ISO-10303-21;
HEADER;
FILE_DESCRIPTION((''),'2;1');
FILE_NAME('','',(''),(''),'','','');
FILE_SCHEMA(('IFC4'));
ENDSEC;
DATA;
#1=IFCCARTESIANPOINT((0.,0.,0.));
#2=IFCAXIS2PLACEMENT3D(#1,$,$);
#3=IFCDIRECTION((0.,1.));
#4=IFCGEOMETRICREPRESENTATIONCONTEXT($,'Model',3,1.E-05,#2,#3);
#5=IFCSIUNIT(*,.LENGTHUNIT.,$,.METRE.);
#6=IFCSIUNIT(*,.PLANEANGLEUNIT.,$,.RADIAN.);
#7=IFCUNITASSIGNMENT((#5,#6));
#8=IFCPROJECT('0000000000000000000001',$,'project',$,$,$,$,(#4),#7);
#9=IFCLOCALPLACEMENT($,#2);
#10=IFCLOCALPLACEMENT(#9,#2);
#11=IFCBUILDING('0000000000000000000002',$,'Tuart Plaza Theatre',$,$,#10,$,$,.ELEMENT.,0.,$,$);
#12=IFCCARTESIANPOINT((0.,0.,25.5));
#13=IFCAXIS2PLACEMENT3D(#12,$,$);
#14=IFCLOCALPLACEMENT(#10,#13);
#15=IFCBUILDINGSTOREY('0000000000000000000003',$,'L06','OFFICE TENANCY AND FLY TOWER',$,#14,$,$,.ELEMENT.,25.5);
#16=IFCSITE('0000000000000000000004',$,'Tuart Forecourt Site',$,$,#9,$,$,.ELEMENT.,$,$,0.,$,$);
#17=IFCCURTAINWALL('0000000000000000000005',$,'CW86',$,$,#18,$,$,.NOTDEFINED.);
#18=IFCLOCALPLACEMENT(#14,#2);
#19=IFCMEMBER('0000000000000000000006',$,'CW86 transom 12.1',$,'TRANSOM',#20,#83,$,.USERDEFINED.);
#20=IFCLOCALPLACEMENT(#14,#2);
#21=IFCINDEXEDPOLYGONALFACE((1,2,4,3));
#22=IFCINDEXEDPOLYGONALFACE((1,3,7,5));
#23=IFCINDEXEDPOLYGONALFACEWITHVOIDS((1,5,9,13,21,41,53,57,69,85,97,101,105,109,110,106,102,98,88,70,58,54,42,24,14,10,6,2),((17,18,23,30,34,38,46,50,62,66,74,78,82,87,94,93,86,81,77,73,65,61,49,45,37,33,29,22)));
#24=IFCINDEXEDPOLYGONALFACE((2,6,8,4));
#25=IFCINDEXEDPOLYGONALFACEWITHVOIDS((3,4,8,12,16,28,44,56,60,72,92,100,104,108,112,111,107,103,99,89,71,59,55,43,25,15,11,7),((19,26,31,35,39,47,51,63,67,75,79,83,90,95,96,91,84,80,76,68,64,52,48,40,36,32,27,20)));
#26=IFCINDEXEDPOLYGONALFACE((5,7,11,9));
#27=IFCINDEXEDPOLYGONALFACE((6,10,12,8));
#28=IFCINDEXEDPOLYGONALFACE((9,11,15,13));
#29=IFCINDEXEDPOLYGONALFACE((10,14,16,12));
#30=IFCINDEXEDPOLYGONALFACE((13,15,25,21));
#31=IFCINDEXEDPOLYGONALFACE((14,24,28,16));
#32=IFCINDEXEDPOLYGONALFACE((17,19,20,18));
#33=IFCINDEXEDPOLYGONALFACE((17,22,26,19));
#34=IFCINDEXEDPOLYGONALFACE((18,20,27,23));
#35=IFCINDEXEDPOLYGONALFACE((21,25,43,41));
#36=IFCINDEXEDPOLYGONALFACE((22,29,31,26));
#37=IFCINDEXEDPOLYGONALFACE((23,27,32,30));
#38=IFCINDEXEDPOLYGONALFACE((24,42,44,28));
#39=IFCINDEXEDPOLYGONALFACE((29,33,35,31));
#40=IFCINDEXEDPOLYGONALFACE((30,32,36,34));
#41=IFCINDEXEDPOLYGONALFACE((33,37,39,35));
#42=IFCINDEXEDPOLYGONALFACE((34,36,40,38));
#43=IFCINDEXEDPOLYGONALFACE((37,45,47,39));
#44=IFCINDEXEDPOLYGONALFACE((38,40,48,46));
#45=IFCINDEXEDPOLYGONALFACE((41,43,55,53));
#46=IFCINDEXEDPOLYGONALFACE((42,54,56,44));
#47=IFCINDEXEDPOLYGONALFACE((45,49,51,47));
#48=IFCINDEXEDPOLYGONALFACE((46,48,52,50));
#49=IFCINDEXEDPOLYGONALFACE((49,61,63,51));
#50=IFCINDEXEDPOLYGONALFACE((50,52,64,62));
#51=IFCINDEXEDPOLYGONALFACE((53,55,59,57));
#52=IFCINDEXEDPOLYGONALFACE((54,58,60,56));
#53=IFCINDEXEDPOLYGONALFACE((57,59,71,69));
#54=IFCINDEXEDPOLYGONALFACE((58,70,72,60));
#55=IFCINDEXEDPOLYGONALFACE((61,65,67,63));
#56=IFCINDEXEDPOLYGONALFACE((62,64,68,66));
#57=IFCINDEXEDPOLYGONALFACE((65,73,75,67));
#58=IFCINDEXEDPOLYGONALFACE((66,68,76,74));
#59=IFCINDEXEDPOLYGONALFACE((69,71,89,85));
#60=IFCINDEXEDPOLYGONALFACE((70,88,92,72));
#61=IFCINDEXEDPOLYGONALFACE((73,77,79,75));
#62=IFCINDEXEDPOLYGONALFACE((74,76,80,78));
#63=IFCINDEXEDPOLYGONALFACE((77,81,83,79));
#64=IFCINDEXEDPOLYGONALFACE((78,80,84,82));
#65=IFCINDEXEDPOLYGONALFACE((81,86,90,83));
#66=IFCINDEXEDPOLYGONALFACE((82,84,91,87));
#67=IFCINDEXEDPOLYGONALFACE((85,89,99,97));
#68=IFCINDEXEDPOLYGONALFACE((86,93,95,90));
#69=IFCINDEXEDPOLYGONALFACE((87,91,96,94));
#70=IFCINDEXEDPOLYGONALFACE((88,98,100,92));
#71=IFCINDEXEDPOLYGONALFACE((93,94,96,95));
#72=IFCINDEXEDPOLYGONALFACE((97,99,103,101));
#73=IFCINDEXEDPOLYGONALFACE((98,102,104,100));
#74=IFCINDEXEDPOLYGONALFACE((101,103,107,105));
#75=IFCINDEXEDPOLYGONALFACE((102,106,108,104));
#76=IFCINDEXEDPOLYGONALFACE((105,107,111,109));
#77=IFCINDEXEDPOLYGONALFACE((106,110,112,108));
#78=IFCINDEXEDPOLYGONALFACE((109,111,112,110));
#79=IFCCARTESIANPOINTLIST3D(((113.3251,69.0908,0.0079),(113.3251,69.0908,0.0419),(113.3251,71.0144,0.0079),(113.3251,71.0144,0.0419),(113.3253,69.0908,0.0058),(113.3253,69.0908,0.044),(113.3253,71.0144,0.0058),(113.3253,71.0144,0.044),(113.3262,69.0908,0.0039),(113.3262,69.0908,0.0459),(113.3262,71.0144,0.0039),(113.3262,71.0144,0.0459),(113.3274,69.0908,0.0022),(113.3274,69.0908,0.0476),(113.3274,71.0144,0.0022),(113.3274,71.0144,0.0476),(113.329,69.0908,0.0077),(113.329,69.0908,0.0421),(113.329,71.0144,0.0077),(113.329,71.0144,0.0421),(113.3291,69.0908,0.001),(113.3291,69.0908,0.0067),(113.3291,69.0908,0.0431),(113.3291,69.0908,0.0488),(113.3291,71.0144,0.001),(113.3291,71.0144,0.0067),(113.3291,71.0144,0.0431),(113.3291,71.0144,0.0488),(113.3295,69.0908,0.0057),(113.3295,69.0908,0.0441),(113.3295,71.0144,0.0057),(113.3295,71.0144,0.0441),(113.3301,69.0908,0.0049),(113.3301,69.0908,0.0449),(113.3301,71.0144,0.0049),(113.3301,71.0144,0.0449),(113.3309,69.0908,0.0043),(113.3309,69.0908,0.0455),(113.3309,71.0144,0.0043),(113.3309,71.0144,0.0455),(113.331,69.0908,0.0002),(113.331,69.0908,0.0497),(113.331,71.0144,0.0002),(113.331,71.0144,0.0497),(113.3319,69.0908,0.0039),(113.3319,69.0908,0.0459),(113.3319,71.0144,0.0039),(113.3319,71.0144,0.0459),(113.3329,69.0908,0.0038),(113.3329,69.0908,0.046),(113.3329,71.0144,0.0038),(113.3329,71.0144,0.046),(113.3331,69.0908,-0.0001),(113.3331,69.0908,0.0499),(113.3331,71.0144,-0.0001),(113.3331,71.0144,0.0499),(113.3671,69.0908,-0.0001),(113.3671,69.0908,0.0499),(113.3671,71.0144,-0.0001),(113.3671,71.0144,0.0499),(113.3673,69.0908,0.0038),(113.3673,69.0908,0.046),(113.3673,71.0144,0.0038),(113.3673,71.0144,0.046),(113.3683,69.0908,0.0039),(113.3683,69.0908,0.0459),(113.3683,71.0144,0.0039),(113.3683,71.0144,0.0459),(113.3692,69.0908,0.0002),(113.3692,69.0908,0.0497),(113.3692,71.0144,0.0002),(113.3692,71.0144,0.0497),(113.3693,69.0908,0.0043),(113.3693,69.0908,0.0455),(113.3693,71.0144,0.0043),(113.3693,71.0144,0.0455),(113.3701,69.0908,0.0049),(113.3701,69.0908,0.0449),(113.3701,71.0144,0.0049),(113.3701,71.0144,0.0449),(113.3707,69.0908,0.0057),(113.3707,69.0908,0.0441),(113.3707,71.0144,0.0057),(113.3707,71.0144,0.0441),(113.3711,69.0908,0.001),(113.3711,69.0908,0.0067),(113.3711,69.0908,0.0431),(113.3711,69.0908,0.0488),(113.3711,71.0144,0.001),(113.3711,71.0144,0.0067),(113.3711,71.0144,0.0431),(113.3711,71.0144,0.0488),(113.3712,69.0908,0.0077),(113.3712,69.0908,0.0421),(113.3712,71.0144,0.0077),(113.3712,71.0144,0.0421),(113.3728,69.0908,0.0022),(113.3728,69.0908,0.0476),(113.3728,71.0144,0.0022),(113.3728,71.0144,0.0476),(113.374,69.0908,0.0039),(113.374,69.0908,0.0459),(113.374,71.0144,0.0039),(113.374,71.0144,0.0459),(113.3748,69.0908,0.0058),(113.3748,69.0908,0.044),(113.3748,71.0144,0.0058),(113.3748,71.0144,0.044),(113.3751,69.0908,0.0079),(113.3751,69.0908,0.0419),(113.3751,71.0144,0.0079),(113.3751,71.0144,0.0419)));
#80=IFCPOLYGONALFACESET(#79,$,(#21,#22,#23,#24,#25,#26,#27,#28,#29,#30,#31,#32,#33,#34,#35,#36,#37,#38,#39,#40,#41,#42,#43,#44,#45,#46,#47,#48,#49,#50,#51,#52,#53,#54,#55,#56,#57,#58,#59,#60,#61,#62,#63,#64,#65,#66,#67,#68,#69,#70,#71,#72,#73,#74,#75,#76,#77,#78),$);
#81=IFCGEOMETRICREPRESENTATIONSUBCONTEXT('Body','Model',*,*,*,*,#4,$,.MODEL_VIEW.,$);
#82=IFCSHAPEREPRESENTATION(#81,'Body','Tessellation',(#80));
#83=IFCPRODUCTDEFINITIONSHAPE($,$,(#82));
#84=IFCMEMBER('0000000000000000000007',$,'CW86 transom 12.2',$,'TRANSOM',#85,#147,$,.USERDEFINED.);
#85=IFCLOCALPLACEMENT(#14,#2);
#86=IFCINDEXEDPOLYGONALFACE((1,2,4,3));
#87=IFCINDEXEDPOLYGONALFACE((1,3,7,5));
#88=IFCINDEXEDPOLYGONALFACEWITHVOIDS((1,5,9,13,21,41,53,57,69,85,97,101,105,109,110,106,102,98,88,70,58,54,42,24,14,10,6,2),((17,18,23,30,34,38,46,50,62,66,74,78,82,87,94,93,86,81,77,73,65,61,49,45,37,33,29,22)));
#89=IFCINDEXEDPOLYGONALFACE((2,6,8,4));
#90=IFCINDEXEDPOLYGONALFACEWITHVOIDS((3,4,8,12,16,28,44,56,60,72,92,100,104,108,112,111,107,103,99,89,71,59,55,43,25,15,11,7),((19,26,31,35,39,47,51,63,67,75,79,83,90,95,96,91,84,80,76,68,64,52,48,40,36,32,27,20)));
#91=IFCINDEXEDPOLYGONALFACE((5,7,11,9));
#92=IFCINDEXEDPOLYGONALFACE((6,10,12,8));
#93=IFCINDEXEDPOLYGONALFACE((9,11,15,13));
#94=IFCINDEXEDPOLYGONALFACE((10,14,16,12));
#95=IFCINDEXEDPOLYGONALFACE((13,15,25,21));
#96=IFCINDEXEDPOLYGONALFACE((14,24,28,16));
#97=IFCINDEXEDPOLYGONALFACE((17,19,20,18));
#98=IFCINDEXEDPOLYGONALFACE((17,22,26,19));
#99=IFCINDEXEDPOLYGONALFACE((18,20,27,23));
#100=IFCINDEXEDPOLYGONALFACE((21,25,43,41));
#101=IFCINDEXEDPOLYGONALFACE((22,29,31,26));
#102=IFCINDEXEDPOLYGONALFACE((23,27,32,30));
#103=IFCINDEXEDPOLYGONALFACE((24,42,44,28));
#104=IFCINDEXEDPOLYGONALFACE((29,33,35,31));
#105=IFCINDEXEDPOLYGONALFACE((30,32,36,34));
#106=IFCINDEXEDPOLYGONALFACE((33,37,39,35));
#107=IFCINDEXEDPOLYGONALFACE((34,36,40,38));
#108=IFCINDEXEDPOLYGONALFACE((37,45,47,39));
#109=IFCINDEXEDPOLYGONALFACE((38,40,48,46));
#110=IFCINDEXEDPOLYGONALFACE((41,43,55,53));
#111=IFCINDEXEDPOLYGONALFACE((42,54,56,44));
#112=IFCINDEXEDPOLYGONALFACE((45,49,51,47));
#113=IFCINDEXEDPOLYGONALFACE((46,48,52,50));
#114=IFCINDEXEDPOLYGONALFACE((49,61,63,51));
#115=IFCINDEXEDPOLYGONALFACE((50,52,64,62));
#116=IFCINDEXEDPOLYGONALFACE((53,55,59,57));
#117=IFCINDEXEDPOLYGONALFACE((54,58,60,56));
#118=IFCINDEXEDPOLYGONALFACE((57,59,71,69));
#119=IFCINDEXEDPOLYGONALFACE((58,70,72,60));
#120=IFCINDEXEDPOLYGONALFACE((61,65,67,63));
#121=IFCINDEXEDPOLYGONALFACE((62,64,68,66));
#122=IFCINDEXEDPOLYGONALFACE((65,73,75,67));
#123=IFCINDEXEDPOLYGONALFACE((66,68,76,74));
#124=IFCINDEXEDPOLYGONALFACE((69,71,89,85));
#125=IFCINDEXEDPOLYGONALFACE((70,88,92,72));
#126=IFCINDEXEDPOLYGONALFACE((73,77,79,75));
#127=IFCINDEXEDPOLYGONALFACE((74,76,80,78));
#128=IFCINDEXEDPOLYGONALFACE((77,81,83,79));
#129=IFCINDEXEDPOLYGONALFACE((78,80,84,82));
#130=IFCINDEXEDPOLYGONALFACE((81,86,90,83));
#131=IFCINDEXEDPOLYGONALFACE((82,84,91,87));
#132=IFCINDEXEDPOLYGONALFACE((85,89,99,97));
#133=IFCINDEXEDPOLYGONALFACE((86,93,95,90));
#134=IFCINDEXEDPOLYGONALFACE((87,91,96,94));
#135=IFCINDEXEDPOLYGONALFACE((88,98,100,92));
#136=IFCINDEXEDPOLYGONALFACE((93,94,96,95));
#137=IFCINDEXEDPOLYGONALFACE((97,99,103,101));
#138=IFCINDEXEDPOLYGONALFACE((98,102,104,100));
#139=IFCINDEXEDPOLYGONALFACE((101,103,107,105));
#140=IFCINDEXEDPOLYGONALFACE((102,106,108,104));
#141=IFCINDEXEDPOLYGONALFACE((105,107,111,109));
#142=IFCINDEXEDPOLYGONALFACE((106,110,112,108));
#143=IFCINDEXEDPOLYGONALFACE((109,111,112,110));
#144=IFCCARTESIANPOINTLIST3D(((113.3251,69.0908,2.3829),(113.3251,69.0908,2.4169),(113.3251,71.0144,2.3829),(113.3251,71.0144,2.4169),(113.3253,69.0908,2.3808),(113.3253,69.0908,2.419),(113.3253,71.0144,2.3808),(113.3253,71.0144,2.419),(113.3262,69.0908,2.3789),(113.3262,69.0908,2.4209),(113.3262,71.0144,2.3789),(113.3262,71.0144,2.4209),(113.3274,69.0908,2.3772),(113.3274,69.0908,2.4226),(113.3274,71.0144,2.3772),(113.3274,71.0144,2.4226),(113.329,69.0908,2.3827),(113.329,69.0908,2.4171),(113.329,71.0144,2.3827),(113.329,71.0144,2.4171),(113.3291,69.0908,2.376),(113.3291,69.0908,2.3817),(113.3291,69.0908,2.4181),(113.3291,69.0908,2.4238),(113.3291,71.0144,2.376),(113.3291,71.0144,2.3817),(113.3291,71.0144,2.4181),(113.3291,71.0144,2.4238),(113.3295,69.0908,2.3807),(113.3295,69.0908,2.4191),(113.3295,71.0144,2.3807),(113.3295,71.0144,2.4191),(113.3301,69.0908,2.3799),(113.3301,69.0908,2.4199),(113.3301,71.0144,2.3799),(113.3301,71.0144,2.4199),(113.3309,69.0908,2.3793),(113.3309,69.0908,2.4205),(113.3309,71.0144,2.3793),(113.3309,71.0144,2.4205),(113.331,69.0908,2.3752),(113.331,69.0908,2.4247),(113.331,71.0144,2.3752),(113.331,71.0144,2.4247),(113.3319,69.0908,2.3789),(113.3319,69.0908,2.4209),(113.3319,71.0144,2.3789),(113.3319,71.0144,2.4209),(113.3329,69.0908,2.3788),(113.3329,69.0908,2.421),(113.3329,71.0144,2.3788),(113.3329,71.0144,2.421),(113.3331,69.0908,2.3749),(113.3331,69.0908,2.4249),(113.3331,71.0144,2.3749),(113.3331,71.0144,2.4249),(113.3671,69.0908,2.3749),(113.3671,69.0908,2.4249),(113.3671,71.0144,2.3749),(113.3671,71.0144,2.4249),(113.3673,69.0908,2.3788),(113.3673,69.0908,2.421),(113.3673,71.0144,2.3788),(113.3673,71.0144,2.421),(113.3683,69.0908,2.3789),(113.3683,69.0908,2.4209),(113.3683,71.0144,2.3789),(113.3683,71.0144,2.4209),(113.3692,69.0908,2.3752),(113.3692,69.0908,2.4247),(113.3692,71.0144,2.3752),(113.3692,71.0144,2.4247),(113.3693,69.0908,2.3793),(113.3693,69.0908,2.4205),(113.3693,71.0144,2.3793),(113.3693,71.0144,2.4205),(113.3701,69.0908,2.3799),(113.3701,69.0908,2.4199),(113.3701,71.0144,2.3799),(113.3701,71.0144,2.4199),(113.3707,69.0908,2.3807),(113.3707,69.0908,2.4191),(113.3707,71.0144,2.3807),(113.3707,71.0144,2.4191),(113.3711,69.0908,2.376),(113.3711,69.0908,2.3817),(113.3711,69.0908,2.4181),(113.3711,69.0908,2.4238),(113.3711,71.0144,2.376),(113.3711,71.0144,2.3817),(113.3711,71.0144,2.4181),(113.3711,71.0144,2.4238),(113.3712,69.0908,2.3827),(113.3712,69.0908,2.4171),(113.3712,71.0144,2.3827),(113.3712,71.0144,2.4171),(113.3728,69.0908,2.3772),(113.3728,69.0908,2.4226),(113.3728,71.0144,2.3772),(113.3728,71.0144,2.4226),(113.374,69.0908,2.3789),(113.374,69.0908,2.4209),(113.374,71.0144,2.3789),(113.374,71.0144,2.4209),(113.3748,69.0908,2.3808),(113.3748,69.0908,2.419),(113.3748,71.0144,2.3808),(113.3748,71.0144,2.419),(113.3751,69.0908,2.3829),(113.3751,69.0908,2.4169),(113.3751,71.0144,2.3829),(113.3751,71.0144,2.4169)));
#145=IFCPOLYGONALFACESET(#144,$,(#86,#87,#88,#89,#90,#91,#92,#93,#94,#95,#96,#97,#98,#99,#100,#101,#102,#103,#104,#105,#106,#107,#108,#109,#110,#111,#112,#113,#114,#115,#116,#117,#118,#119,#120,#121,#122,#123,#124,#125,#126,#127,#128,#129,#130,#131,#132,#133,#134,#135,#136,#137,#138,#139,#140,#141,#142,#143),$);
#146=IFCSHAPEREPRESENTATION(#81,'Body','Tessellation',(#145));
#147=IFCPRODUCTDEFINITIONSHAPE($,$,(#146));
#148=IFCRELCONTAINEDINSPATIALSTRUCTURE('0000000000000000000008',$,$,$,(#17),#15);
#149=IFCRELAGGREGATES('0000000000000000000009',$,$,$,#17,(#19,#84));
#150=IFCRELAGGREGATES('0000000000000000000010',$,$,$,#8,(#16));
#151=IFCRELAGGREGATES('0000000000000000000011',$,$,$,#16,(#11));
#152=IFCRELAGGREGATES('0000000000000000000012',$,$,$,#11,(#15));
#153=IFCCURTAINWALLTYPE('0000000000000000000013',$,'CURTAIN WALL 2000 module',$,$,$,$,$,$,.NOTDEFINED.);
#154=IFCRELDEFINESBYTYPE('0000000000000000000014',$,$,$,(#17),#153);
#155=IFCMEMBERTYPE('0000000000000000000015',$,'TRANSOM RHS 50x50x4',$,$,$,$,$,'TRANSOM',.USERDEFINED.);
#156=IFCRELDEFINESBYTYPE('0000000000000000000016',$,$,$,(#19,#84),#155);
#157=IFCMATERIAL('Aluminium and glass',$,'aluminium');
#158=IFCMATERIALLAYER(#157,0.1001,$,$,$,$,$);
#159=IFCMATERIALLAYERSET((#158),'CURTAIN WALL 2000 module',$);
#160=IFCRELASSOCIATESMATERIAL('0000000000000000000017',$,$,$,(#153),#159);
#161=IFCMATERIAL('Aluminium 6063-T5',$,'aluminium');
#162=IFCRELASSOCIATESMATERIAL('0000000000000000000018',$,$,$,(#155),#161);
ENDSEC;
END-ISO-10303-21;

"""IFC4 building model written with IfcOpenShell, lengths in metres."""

from ifc_helpers import new_model, si_unit, direction, frame, origin, origin_2d, place, context, subcontext, project, spatial, hollow_rectangle, extrude, material, layer, layer_set, material_profile, profile_set, type_object, element, aggregate, save


model = new_model("IFC4")

# Units and contexts
model_context = context("Model", 3, precision=1e-05, world=origin(), true_north=direction((0.0, 1.0)))
body_context = subcontext(model_context, "Body", "Model", "MODEL_VIEW")
ifc_project = project(units=[si_unit("LENGTHUNIT", "METRE"), si_unit("PLANEANGLEUNIT", "RADIAN")], contexts=[model_context])

# Site, building, storey
site_placement = place(None, origin())
site = spatial("IfcSite", under=ifc_project, at=site_placement, Name="Tuart Forecourt Site", CompositionType="ELEMENT", RefElevation=0.0)
building_placement = place(site_placement, origin())
building = spatial("IfcBuilding", under=site, at=building_placement, Name="Tuart Plaza Theatre", CompositionType="ELEMENT", ElevationOfRefHeight=0.0)
storey_placement = place(building_placement, frame((0.0, 0.0, 25.5)))
storey = spatial("IfcBuildingStorey", under=building, at=storey_placement, Name="L06", Description="OFFICE TENANCY AND FLY TOWER", CompositionType="ELEMENT", Elevation=25.5)

# Curtain wall, members
ifc_material_1 = material(Name="Aluminium and glass", Category="aluminium")
ifc_layer_1 = layer(ifc_material_1, 0.1001)
ifc_layer_set_1 = layer_set([ifc_layer_1], Name="CURTAIN WALL 2000 module")
curtain_wall_type = type_object("IfcCurtainWallType", Name="CURTAIN WALL 2000 module", PredefinedType="NOTDEFINED", material=ifc_layer_set_1)
curtain_wall_placement = place(storey_placement, origin())
curtain_wall = element("IfcCurtainWall", 1, at=curtain_wall_placement, inside=storey, type_object=curtain_wall_type, Name="CW86", PredefinedType="NOTDEFINED")
ifc_material_2 = material(Name="Aluminium 6063-T5", Category="aluminium")
ifc_material_profile_1 = material_profile(ifc_material_2, hollow_rectangle(XDim=0.05, YDim=0.05, WallThickness=0.0039, InnerFilletRadius=0.0039, OuterFilletRadius=0.0081, at=origin_2d()), Name="RHS 50x50x4")
ifc_profile_set_1 = profile_set([ifc_material_profile_1], Name="Aluminium 6063-T5")
member_type = type_object("IfcMemberType", Name="TRANSOM RHS 50x50x4", ElementType="TRANSOM", PredefinedType="USERDEFINED", material=ifc_profile_set_1)
member_1_placement = place(storey_placement, frame((113.3501, 71.0144, 0.0249), z_axis=(0.0, -1.0, 0.0), x_axis=(1.0, 0.0, 0.0)))
member_1 = element("IfcMember", 2, at=member_1_placement, type_object=member_type, Name="CW86 transom 12.1", ObjectType="TRANSOM", PredefinedType="USERDEFINED", context=body_context, shape_type="SweptSolid", body=[
    extrude(hollow_rectangle(XDim=0.05, YDim=0.05, WallThickness=0.0039, InnerFilletRadius=0.0039, OuterFilletRadius=0.0081, at=origin_2d()), origin(), (0.0, 0.0, 1.0), 1.9236),
])
member_2_placement = place(storey_placement, frame((113.3501, 71.0144, 2.3999), z_axis=(0.0, -1.0, 0.0), x_axis=(1.0, 0.0, 0.0)))
member_2 = element("IfcMember", 3, at=member_2_placement, type_object=member_type, Name="CW86 transom 12.2", ObjectType="TRANSOM", PredefinedType="USERDEFINED", context=body_context, shape_type="SweptSolid", body=[
    extrude(hollow_rectangle(XDim=0.05, YDim=0.05, WallThickness=0.0039, InnerFilletRadius=0.0039, OuterFilletRadius=0.0081, at=origin_2d()), origin(), (0.0, 0.0, 1.0), 1.9236),
])
aggregate(curtain_wall, [member_1, member_2])

save(model, "model.ifc")
